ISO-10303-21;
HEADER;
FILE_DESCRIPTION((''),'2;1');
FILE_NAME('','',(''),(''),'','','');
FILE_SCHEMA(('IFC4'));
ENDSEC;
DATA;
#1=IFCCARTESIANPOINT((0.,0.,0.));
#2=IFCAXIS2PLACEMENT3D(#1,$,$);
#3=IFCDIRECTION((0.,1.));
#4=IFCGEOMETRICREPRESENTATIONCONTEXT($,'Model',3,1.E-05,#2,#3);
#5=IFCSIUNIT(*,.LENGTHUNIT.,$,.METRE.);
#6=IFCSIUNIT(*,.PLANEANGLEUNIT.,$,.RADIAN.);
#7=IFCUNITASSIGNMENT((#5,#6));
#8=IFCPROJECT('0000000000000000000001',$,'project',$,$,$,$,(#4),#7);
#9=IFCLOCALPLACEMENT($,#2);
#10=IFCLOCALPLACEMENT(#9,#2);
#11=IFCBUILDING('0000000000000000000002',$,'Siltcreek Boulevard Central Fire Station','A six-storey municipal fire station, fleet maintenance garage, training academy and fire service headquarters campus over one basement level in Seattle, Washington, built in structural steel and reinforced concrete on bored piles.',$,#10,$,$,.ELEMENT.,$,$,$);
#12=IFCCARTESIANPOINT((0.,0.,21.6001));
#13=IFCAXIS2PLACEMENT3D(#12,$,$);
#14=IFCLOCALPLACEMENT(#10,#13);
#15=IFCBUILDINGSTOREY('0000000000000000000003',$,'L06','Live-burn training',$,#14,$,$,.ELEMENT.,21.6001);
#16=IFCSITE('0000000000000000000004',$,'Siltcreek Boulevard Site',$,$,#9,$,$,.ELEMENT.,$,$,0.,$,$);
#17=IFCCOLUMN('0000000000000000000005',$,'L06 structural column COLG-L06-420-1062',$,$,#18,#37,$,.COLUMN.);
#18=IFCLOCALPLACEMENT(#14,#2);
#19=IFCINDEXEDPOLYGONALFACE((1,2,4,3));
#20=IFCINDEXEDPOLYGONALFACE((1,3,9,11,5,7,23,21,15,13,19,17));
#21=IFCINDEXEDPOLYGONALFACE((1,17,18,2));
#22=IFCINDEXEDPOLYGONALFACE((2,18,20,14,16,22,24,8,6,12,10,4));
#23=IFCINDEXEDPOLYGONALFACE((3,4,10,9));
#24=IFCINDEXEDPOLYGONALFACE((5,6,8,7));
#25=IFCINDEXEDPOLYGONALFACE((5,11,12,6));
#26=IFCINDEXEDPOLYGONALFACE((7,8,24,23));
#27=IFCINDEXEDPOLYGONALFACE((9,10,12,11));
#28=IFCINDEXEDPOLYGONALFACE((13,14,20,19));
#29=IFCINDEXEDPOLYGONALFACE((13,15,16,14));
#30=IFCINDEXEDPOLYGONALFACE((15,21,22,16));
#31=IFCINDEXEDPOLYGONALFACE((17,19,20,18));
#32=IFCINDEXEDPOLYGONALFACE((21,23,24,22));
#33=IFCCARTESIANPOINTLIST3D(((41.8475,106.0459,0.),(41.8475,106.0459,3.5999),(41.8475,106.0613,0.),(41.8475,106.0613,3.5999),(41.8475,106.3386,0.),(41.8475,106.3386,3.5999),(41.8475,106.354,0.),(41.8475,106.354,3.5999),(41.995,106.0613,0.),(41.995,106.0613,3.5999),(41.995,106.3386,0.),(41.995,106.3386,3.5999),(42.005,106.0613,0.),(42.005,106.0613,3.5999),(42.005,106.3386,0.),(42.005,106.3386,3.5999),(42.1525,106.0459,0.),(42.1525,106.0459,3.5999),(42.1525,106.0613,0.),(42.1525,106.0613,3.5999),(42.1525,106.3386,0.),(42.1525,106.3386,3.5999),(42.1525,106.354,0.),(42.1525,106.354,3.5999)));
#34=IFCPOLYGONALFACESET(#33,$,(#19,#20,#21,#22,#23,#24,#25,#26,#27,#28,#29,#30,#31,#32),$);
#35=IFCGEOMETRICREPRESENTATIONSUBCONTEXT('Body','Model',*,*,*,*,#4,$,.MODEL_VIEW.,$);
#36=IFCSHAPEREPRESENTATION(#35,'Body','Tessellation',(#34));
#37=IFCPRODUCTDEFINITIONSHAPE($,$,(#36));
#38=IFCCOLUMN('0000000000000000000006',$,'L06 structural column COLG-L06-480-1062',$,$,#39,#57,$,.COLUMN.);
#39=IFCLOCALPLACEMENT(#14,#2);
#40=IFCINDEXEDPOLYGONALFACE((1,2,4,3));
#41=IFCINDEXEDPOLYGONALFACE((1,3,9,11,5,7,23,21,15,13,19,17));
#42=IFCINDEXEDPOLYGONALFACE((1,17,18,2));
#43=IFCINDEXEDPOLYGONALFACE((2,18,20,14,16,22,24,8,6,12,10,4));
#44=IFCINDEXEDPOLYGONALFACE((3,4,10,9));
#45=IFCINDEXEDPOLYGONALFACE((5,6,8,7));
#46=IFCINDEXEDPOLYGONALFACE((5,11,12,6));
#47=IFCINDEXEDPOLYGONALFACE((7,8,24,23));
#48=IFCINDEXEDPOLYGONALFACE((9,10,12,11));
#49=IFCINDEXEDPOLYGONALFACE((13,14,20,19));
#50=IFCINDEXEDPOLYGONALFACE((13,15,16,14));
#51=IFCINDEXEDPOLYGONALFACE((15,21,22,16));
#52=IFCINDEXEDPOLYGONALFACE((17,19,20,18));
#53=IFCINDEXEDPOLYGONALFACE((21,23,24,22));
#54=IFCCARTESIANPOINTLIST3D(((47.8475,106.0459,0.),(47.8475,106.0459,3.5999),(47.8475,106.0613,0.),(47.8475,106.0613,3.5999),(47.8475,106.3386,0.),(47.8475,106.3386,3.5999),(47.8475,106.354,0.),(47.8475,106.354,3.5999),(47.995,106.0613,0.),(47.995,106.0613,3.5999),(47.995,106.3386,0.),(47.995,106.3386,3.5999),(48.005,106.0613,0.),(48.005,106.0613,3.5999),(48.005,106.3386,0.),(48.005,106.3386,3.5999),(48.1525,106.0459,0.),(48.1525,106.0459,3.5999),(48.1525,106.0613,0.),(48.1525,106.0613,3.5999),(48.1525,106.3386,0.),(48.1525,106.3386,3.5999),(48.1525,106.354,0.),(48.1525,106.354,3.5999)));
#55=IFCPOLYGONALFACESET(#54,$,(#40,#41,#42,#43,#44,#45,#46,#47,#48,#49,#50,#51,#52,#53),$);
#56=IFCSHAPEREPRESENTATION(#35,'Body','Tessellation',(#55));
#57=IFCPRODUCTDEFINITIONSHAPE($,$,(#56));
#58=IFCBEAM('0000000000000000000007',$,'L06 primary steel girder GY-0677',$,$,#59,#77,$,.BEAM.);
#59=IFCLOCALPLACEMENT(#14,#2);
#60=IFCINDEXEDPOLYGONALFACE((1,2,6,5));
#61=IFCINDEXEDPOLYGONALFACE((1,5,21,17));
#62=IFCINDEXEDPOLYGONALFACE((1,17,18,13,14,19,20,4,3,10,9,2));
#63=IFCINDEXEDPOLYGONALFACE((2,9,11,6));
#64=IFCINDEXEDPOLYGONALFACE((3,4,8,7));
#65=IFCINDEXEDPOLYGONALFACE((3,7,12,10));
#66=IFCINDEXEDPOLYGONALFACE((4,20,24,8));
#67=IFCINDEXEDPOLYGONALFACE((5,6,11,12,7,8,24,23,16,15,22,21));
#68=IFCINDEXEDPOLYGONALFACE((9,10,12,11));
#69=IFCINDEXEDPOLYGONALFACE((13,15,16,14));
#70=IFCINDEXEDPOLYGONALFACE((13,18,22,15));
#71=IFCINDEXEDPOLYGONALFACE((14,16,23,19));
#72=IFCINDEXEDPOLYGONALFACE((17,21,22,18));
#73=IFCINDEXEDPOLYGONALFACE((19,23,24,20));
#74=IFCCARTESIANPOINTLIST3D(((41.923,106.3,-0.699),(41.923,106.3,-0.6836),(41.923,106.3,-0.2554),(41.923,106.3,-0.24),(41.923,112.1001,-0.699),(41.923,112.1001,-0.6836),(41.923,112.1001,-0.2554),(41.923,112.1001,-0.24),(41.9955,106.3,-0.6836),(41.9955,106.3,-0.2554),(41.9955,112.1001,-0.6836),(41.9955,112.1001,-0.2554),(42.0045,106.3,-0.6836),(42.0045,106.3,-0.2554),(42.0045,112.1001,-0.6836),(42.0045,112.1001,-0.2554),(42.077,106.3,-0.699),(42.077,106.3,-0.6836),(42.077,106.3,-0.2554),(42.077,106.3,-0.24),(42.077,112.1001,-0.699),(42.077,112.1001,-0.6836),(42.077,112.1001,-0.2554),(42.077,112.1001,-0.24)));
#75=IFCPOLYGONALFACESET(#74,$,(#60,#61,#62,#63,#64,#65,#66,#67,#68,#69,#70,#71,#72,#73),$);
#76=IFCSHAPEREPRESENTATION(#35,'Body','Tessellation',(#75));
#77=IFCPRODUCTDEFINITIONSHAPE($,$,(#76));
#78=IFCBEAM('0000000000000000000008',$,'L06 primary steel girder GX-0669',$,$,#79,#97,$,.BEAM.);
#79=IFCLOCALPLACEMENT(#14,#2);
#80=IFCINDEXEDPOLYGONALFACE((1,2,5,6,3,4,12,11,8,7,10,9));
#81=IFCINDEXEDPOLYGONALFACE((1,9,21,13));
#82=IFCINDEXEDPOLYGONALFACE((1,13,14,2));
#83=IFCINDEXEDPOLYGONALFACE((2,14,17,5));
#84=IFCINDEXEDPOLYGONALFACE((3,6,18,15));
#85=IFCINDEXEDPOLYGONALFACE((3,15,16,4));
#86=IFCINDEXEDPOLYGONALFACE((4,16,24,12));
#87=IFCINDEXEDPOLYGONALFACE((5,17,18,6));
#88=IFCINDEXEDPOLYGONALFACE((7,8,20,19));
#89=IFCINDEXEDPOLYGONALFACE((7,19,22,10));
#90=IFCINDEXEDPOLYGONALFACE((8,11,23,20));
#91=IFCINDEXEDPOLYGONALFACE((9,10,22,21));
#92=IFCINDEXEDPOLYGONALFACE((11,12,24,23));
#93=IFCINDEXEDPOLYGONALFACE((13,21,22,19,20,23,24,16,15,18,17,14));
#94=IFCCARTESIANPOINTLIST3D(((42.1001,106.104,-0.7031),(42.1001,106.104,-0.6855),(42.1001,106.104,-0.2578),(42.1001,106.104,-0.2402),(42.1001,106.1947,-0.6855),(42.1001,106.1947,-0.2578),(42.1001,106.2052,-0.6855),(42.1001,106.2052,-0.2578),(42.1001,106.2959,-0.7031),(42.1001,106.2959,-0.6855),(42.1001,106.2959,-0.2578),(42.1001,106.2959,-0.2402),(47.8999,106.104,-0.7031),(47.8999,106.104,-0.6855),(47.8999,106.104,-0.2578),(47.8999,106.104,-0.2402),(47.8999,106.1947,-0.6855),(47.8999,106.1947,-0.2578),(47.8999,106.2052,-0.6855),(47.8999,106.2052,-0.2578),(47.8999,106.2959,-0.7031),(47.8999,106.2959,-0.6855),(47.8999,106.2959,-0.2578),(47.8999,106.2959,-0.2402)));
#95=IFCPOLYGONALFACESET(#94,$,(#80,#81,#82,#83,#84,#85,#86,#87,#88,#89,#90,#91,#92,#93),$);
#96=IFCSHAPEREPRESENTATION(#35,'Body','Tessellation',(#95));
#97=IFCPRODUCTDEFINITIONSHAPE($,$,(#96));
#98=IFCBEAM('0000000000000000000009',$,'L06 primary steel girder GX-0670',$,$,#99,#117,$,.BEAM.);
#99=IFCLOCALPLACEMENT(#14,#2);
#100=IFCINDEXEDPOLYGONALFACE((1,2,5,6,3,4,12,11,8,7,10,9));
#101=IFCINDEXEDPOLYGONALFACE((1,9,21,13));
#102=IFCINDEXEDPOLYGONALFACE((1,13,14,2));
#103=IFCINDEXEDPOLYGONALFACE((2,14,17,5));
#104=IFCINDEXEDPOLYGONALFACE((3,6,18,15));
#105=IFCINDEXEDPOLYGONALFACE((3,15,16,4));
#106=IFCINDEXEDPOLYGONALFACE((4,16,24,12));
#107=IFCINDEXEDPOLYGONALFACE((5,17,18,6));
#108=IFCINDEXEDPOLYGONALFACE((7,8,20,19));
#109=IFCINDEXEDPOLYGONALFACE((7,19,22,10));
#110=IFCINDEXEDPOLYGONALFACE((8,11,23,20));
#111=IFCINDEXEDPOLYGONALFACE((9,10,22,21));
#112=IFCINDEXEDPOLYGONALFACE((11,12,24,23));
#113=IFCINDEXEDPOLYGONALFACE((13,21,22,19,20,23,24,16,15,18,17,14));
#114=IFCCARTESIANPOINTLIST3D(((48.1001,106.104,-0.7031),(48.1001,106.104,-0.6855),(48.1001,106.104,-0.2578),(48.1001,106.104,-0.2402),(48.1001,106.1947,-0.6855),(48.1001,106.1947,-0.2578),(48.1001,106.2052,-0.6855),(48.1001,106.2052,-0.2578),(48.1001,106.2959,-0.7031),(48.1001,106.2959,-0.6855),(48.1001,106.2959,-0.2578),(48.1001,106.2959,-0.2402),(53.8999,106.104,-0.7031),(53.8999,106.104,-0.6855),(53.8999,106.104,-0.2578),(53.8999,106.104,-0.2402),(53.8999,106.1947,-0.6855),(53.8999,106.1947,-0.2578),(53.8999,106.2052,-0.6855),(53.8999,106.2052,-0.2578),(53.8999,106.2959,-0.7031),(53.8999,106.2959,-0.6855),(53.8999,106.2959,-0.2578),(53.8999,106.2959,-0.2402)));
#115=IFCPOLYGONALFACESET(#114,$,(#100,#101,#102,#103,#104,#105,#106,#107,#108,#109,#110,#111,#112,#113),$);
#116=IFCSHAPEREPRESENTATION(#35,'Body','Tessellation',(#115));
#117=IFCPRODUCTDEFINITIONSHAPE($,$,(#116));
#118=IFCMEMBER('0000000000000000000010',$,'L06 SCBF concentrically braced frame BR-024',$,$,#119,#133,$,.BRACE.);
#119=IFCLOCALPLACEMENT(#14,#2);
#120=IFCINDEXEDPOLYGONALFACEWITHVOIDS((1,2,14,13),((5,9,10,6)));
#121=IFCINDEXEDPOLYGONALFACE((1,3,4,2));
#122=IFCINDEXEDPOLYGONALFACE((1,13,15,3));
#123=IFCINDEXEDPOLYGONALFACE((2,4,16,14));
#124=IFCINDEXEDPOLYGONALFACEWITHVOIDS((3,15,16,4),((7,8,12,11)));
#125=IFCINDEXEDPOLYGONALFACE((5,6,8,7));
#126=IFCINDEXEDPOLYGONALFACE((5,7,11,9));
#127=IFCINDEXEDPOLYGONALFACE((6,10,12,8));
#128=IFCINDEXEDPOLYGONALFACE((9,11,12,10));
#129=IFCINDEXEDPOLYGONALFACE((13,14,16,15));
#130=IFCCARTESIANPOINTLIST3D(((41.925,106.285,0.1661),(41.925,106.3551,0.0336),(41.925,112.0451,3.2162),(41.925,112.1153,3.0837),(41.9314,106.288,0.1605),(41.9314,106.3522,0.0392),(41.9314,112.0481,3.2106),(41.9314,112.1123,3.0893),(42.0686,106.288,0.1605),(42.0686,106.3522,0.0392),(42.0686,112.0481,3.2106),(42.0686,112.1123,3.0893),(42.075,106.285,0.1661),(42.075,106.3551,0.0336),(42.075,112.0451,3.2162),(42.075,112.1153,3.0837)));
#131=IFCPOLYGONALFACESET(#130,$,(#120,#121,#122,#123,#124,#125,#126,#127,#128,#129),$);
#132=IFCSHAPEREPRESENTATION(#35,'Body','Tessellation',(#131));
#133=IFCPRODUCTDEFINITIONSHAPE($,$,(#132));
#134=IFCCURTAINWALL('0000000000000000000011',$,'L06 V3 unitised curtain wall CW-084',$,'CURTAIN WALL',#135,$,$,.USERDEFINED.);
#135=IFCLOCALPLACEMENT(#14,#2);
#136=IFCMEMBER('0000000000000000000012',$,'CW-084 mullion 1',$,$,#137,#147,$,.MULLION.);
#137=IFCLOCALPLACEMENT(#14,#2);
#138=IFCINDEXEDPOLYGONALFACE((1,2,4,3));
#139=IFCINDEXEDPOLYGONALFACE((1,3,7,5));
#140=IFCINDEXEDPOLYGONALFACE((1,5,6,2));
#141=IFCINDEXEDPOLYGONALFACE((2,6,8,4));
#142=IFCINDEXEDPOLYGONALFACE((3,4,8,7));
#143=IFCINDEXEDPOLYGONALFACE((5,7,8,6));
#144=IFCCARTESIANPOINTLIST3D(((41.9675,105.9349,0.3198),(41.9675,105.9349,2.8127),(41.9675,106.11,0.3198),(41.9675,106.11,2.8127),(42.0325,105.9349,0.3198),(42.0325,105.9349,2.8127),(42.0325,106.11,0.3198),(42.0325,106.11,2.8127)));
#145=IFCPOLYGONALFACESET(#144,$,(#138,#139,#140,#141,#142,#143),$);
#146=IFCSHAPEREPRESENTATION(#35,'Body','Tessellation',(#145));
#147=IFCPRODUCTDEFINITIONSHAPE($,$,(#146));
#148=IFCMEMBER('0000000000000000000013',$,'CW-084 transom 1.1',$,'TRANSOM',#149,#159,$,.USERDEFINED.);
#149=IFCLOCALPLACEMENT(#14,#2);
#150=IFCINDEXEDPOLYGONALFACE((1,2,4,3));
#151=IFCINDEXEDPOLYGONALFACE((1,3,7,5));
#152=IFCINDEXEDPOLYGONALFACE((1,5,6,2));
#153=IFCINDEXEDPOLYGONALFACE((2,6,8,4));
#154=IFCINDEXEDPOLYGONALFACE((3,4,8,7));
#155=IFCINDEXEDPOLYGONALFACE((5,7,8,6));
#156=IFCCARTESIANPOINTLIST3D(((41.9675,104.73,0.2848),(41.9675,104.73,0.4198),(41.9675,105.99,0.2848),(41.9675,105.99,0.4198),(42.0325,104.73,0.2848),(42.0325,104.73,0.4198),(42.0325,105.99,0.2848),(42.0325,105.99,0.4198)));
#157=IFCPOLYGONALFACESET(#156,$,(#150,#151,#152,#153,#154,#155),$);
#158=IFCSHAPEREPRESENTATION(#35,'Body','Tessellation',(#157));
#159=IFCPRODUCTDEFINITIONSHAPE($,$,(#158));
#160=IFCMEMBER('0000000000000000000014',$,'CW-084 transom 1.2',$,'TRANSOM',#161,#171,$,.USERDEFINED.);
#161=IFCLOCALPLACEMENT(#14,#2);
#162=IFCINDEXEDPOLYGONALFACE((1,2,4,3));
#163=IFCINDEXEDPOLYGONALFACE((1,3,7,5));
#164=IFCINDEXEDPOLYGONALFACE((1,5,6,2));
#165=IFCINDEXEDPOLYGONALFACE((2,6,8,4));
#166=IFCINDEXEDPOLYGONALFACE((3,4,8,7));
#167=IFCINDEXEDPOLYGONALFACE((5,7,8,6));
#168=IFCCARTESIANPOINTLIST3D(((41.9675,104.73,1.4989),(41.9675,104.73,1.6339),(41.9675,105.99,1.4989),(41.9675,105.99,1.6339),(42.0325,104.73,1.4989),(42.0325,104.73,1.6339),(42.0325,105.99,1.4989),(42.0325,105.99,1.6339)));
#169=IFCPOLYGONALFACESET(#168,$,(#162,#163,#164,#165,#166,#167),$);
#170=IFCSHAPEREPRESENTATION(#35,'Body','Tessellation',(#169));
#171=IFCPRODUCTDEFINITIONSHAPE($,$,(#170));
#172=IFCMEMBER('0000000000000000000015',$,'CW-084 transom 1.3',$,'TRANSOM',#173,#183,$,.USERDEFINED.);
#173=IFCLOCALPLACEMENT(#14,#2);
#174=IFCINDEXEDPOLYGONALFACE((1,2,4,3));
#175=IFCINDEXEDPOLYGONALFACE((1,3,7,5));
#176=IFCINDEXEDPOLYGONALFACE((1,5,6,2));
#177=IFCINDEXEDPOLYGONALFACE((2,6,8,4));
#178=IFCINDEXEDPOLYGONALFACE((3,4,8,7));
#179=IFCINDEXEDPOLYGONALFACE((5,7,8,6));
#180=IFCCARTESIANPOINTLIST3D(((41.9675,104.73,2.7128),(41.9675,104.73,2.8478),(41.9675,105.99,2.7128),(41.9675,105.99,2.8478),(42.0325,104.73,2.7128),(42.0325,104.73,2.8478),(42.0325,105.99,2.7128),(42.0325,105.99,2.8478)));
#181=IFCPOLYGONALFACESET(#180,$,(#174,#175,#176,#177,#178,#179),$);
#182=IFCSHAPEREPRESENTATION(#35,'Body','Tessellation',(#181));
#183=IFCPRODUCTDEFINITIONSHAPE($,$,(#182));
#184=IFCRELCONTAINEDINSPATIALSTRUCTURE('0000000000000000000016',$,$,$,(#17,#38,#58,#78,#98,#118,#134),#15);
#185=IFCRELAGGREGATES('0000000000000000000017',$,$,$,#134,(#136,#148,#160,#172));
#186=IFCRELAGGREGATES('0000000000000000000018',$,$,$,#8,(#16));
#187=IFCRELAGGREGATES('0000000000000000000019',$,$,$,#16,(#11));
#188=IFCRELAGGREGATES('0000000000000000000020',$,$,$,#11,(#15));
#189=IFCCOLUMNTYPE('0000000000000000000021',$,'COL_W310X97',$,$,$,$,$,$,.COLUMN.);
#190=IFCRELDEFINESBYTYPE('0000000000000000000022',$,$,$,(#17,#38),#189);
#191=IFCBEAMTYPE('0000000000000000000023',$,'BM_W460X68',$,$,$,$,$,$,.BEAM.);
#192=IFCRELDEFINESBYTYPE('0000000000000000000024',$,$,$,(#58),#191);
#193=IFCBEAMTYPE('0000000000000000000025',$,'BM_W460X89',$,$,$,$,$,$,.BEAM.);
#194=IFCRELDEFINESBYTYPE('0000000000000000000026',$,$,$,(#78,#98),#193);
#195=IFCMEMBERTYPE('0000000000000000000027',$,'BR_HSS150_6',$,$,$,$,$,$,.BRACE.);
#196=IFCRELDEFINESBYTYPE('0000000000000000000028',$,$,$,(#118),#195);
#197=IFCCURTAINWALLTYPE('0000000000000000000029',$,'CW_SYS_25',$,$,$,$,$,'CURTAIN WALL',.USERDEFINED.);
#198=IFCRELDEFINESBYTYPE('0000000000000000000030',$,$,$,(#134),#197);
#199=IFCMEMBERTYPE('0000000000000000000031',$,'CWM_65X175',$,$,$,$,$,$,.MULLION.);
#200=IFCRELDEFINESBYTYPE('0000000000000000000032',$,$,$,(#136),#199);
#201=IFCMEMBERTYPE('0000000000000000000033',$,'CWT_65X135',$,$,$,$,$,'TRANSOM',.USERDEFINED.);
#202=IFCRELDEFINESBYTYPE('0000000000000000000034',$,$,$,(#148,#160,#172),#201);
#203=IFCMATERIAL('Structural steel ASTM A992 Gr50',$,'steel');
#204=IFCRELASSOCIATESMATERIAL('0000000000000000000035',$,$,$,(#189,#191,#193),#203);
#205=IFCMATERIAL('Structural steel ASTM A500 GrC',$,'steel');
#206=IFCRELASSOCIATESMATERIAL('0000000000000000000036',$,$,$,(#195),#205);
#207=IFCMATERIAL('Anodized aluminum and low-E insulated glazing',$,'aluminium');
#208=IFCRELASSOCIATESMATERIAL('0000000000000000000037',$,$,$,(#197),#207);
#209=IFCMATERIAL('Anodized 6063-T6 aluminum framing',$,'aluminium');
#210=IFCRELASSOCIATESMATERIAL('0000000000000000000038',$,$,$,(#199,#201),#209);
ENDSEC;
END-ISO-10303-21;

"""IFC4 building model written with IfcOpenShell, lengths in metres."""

from ifc_helpers import new_model, si_unit, direction, frame, origin, origin_2d, place, context, subcontext, project, spatial, rectangle, hollow_rectangle, i_section, extrude, material, material_profile, profile_set, type_object, element, aggregate, save


model = new_model("IFC4")

# Units and contexts
model_context = context("Model", 3, precision=1e-05, world=origin(), true_north=direction((0.0, 1.0)))
body_context = subcontext(model_context, "Body", "Model", "MODEL_VIEW")
ifc_project = project(units=[si_unit("LENGTHUNIT", "METRE"), si_unit("PLANEANGLEUNIT", "RADIAN")], contexts=[model_context])

# Site, building, storey
site_placement = place(None, origin())
site = spatial("IfcSite", under=ifc_project, at=site_placement, Name="Siltcreek Boulevard Site", CompositionType="ELEMENT", RefElevation=0.0)
building_placement = place(site_placement, origin())
building = spatial("IfcBuilding", under=site, at=building_placement, Name="Siltcreek Boulevard Central Fire Station", Description="A six-storey municipal fire station, fleet maintenance garage, training academy and fire service headquarters campus over one basement level in Seattle, Washington, built in structural steel and reinforced concrete on bored piles.", CompositionType="ELEMENT")
storey_placement = place(building_placement, frame((0.0, 0.0, 21.6001)))
storey = spatial("IfcBuildingStorey", under=building, at=storey_placement, Name="L06", Description="Live-burn training", CompositionType="ELEMENT", Elevation=21.6001)

# Columns
ifc_material_1 = material(Name="Structural steel ASTM A992 Gr50", Category="steel")
ifc_material_profile_1 = material_profile(ifc_material_1, i_section(OverallWidth=0.3049, OverallDepth=0.3081, WebThickness=0.01, FlangeThickness=0.0154, at=origin_2d()), Name="W310X97")
ifc_profile_set_1 = profile_set([ifc_material_profile_1], Name="Structural steel ASTM A992 Gr50")
column_type = type_object("IfcColumnType", Name="COL_W310X97", PredefinedType="COLUMN", material=ifc_profile_set_1)
for number, where, z_axis, x_axis, name in (
    (1, (42.0, 106.2, 0.0), (0.0, 0.0, 1.0), (1.0, 0.0, 0.0), "L06 structural column COLG-L06-420-1062"),
    (2, (48.0, 106.2, 0.0), (0.0, 0.0, 1.0), (1.0, 0.0, 0.0), "L06 structural column COLG-L06-480-1062"),
):
    element("IfcColumn", number, at=place(storey_placement, frame(where, z_axis=z_axis, x_axis=x_axis)), inside=storey, type_object=column_type, Name=name, PredefinedType="COLUMN", context=body_context, shape_type="SweptSolid", body=[
        extrude(i_section(OverallWidth=0.3049, OverallDepth=0.3081, WebThickness=0.01, FlangeThickness=0.0154, at=origin_2d()), origin(), (0.0, 0.0, 1.0), 3.5999),
    ])

# Beams
ifc_material_profile_2 = material_profile(ifc_material_1, i_section(OverallWidth=0.1541, OverallDepth=0.459, WebThickness=0.009, FlangeThickness=0.0154, at=origin_2d()), Name="W460X68")
ifc_profile_set_2 = profile_set([ifc_material_profile_2], Name="Structural steel ASTM A992 Gr50")
beam_type_1 = type_object("IfcBeamType", Name="BM_W460X68", PredefinedType="BEAM", material=ifc_profile_set_2)
beam_1_placement = place(storey_placement, frame((42.0, 106.3, -0.4695), z_axis=(0.0, 1.0, 0.0), x_axis=(-1.0, 0.0, 0.0)))
element("IfcBeam", 3, at=beam_1_placement, inside=storey, type_object=beam_type_1, Name="L06 primary steel girder GY-0677", PredefinedType="BEAM", context=body_context, shape_type="SweptSolid", body=[
    extrude(i_section(OverallWidth=0.1541, OverallDepth=0.459, WebThickness=0.009, FlangeThickness=0.0154, at=origin_2d()), origin(), (0.0, 0.0, 1.0), 5.8),
])
ifc_material_profile_3 = material_profile(ifc_material_1, i_section(OverallWidth=0.1919, OverallDepth=0.4629, WebThickness=0.0105, FlangeThickness=0.0176, at=origin_2d()), Name="W460X89")
ifc_profile_set_3 = profile_set([ifc_material_profile_3], Name="Structural steel ASTM A992 Gr50")
beam_type_2 = type_object("IfcBeamType", Name="BM_W460X89", PredefinedType="BEAM", material=ifc_profile_set_3)
for number, where, z_axis, x_axis, name in (
    (4, (42.1001, 106.2, -0.4717), (1.0, 0.0, 0.0), (0.0, 1.0, 0.0), "L06 primary steel girder GX-0669"),
    (5, (48.1001, 106.2, -0.4717), (1.0, 0.0, 0.0), (0.0, 1.0, 0.0), "L06 primary steel girder GX-0670"),
):
    element("IfcBeam", number, at=place(storey_placement, frame(where, z_axis=z_axis, x_axis=x_axis)), inside=storey, type_object=beam_type_2, Name=name, PredefinedType="BEAM", context=body_context, shape_type="SweptSolid", body=[
        extrude(i_section(OverallWidth=0.1919, OverallDepth=0.4629, WebThickness=0.0105, FlangeThickness=0.0176, at=origin_2d()), origin(), (0.0, 0.0, 1.0), 5.7998),
    ])

# Member
ifc_material_2 = material(Name="Structural steel ASTM A500 GrC", Category="steel")
ifc_material_profile_4 = material_profile(ifc_material_2, hollow_rectangle(XDim=0.1499, YDim=0.1499, WallThickness=0.0063, at=origin_2d()), Name="HSS150X150X6.4")
ifc_profile_set_4 = profile_set([ifc_material_profile_4], Name="Structural steel ASTM A500 GrC")
member_type_1 = type_object("IfcMemberType", Name="BR_HSS150_6", PredefinedType="BRACE", material=ifc_profile_set_4)
member_1_placement = place(storey_placement, frame((42.0, 106.3201, 0.0999), z_axis=(0.0, 0.883748, 0.467963), x_axis=(-1.0, 0.0, 0.0)))
element("IfcMember", 6, at=member_1_placement, inside=storey, type_object=member_type_1, Name="L06 SCBF concentrically braced frame BR-024", PredefinedType="BRACE", context=body_context, shape_type="SweptSolid", body=[
    extrude(hollow_rectangle(XDim=0.1499, YDim=0.1499, WallThickness=0.0063, at=origin_2d()), origin(), (0.0, 0.0, 1.0), 6.5178),
])

# Curtain wall, members
ifc_material_3 = material(Name="Anodized aluminum and low-E insulated glazing", Category="aluminium")
curtain_wall_type = type_object("IfcCurtainWallType", Name="CW_SYS_25", ElementType="CURTAIN WALL", PredefinedType="USERDEFINED", material=ifc_material_3)
curtain_wall_placement = place(storey_placement, origin())
curtain_wall = element("IfcCurtainWall", 7, at=curtain_wall_placement, inside=storey, type_object=curtain_wall_type, Name="L06 V3 unitised curtain wall CW-084", ObjectType="CURTAIN WALL", PredefinedType="USERDEFINED")
ifc_material_4 = material(Name="Anodized 6063-T6 aluminum framing", Category="aluminium")
ifc_material_profile_5 = material_profile(ifc_material_4, rectangle(XDim=0.0649, YDim=0.175, at=origin_2d()), Name="MULL65X175")
ifc_profile_set_5 = profile_set([ifc_material_profile_5], Name="Anodized 6063-T6 aluminum framing")
member_type_2 = type_object("IfcMemberType", Name="CWM_65X175", PredefinedType="MULLION", material=ifc_profile_set_5)
member_2_placement = place(storey_placement, frame((42.0, 106.0225, 0.3198), z_axis=(0.0, 0.0, 1.0), x_axis=(1.0, 0.0, 0.0)))
member_2 = element("IfcMember", 8, at=member_2_placement, type_object=member_type_2, Name="CW-084 mullion 1", PredefinedType="MULLION", context=body_context, shape_type="SweptSolid", body=[
    extrude(rectangle(XDim=0.0649, YDim=0.175, at=origin_2d()), origin(), (0.0, 0.0, 1.0), 2.4929),
])
ifc_material_profile_6 = material_profile(ifc_material_4, rectangle(XDim=0.0649, YDim=0.135, at=origin_2d()), Name="TRAN65X135")
ifc_profile_set_6 = profile_set([ifc_material_profile_6], Name="Anodized 6063-T6 aluminum framing")
member_type_3 = type_object("IfcMemberType", Name="CWT_65X135", ElementType="TRANSOM", PredefinedType="USERDEFINED", material=ifc_profile_set_6)
member_3_placement = place(storey_placement, frame((42.0, 105.99, 0.3523), z_axis=(0.0, -1.0, 0.0), x_axis=(1.0, 0.0, 0.0)))
member_3 = element("IfcMember", 9, at=member_3_placement, type_object=member_type_3, Name="CW-084 transom 1.1", ObjectType="TRANSOM", PredefinedType="USERDEFINED", context=body_context, shape_type="SweptSolid", body=[
    extrude(rectangle(XDim=0.0649, YDim=0.135, at=origin_2d()), origin(), (0.0, 0.0, 1.0), 1.26),
])
member_4_placement = place(storey_placement, frame((42.0, 105.99, 1.5664), z_axis=(0.0, -1.0, 0.0), x_axis=(1.0, 0.0, 0.0)))
member_4 = element("IfcMember", 10, at=member_4_placement, type_object=member_type_3, Name="CW-084 transom 1.2", ObjectType="TRANSOM", PredefinedType="USERDEFINED", context=body_context, shape_type="SweptSolid", body=[
    extrude(rectangle(XDim=0.0649, YDim=0.135, at=origin_2d()), origin(), (0.0, 0.0, 1.0), 1.26),
])
member_5_placement = place(storey_placement, frame((42.0, 105.99, 2.7803), z_axis=(0.0, -1.0, 0.0), x_axis=(1.0, 0.0, 0.0)))
member_5 = element("IfcMember", 11, at=member_5_placement, type_object=member_type_3, Name="CW-084 transom 1.3", ObjectType="TRANSOM", PredefinedType="USERDEFINED", context=body_context, shape_type="SweptSolid", body=[
    extrude(rectangle(XDim=0.0649, YDim=0.135, at=origin_2d()), origin(), (0.0, 0.0, 1.0), 1.26),
])
aggregate(curtain_wall, [member_2, member_3, member_4, member_5])

save(model, "model.ifc")
